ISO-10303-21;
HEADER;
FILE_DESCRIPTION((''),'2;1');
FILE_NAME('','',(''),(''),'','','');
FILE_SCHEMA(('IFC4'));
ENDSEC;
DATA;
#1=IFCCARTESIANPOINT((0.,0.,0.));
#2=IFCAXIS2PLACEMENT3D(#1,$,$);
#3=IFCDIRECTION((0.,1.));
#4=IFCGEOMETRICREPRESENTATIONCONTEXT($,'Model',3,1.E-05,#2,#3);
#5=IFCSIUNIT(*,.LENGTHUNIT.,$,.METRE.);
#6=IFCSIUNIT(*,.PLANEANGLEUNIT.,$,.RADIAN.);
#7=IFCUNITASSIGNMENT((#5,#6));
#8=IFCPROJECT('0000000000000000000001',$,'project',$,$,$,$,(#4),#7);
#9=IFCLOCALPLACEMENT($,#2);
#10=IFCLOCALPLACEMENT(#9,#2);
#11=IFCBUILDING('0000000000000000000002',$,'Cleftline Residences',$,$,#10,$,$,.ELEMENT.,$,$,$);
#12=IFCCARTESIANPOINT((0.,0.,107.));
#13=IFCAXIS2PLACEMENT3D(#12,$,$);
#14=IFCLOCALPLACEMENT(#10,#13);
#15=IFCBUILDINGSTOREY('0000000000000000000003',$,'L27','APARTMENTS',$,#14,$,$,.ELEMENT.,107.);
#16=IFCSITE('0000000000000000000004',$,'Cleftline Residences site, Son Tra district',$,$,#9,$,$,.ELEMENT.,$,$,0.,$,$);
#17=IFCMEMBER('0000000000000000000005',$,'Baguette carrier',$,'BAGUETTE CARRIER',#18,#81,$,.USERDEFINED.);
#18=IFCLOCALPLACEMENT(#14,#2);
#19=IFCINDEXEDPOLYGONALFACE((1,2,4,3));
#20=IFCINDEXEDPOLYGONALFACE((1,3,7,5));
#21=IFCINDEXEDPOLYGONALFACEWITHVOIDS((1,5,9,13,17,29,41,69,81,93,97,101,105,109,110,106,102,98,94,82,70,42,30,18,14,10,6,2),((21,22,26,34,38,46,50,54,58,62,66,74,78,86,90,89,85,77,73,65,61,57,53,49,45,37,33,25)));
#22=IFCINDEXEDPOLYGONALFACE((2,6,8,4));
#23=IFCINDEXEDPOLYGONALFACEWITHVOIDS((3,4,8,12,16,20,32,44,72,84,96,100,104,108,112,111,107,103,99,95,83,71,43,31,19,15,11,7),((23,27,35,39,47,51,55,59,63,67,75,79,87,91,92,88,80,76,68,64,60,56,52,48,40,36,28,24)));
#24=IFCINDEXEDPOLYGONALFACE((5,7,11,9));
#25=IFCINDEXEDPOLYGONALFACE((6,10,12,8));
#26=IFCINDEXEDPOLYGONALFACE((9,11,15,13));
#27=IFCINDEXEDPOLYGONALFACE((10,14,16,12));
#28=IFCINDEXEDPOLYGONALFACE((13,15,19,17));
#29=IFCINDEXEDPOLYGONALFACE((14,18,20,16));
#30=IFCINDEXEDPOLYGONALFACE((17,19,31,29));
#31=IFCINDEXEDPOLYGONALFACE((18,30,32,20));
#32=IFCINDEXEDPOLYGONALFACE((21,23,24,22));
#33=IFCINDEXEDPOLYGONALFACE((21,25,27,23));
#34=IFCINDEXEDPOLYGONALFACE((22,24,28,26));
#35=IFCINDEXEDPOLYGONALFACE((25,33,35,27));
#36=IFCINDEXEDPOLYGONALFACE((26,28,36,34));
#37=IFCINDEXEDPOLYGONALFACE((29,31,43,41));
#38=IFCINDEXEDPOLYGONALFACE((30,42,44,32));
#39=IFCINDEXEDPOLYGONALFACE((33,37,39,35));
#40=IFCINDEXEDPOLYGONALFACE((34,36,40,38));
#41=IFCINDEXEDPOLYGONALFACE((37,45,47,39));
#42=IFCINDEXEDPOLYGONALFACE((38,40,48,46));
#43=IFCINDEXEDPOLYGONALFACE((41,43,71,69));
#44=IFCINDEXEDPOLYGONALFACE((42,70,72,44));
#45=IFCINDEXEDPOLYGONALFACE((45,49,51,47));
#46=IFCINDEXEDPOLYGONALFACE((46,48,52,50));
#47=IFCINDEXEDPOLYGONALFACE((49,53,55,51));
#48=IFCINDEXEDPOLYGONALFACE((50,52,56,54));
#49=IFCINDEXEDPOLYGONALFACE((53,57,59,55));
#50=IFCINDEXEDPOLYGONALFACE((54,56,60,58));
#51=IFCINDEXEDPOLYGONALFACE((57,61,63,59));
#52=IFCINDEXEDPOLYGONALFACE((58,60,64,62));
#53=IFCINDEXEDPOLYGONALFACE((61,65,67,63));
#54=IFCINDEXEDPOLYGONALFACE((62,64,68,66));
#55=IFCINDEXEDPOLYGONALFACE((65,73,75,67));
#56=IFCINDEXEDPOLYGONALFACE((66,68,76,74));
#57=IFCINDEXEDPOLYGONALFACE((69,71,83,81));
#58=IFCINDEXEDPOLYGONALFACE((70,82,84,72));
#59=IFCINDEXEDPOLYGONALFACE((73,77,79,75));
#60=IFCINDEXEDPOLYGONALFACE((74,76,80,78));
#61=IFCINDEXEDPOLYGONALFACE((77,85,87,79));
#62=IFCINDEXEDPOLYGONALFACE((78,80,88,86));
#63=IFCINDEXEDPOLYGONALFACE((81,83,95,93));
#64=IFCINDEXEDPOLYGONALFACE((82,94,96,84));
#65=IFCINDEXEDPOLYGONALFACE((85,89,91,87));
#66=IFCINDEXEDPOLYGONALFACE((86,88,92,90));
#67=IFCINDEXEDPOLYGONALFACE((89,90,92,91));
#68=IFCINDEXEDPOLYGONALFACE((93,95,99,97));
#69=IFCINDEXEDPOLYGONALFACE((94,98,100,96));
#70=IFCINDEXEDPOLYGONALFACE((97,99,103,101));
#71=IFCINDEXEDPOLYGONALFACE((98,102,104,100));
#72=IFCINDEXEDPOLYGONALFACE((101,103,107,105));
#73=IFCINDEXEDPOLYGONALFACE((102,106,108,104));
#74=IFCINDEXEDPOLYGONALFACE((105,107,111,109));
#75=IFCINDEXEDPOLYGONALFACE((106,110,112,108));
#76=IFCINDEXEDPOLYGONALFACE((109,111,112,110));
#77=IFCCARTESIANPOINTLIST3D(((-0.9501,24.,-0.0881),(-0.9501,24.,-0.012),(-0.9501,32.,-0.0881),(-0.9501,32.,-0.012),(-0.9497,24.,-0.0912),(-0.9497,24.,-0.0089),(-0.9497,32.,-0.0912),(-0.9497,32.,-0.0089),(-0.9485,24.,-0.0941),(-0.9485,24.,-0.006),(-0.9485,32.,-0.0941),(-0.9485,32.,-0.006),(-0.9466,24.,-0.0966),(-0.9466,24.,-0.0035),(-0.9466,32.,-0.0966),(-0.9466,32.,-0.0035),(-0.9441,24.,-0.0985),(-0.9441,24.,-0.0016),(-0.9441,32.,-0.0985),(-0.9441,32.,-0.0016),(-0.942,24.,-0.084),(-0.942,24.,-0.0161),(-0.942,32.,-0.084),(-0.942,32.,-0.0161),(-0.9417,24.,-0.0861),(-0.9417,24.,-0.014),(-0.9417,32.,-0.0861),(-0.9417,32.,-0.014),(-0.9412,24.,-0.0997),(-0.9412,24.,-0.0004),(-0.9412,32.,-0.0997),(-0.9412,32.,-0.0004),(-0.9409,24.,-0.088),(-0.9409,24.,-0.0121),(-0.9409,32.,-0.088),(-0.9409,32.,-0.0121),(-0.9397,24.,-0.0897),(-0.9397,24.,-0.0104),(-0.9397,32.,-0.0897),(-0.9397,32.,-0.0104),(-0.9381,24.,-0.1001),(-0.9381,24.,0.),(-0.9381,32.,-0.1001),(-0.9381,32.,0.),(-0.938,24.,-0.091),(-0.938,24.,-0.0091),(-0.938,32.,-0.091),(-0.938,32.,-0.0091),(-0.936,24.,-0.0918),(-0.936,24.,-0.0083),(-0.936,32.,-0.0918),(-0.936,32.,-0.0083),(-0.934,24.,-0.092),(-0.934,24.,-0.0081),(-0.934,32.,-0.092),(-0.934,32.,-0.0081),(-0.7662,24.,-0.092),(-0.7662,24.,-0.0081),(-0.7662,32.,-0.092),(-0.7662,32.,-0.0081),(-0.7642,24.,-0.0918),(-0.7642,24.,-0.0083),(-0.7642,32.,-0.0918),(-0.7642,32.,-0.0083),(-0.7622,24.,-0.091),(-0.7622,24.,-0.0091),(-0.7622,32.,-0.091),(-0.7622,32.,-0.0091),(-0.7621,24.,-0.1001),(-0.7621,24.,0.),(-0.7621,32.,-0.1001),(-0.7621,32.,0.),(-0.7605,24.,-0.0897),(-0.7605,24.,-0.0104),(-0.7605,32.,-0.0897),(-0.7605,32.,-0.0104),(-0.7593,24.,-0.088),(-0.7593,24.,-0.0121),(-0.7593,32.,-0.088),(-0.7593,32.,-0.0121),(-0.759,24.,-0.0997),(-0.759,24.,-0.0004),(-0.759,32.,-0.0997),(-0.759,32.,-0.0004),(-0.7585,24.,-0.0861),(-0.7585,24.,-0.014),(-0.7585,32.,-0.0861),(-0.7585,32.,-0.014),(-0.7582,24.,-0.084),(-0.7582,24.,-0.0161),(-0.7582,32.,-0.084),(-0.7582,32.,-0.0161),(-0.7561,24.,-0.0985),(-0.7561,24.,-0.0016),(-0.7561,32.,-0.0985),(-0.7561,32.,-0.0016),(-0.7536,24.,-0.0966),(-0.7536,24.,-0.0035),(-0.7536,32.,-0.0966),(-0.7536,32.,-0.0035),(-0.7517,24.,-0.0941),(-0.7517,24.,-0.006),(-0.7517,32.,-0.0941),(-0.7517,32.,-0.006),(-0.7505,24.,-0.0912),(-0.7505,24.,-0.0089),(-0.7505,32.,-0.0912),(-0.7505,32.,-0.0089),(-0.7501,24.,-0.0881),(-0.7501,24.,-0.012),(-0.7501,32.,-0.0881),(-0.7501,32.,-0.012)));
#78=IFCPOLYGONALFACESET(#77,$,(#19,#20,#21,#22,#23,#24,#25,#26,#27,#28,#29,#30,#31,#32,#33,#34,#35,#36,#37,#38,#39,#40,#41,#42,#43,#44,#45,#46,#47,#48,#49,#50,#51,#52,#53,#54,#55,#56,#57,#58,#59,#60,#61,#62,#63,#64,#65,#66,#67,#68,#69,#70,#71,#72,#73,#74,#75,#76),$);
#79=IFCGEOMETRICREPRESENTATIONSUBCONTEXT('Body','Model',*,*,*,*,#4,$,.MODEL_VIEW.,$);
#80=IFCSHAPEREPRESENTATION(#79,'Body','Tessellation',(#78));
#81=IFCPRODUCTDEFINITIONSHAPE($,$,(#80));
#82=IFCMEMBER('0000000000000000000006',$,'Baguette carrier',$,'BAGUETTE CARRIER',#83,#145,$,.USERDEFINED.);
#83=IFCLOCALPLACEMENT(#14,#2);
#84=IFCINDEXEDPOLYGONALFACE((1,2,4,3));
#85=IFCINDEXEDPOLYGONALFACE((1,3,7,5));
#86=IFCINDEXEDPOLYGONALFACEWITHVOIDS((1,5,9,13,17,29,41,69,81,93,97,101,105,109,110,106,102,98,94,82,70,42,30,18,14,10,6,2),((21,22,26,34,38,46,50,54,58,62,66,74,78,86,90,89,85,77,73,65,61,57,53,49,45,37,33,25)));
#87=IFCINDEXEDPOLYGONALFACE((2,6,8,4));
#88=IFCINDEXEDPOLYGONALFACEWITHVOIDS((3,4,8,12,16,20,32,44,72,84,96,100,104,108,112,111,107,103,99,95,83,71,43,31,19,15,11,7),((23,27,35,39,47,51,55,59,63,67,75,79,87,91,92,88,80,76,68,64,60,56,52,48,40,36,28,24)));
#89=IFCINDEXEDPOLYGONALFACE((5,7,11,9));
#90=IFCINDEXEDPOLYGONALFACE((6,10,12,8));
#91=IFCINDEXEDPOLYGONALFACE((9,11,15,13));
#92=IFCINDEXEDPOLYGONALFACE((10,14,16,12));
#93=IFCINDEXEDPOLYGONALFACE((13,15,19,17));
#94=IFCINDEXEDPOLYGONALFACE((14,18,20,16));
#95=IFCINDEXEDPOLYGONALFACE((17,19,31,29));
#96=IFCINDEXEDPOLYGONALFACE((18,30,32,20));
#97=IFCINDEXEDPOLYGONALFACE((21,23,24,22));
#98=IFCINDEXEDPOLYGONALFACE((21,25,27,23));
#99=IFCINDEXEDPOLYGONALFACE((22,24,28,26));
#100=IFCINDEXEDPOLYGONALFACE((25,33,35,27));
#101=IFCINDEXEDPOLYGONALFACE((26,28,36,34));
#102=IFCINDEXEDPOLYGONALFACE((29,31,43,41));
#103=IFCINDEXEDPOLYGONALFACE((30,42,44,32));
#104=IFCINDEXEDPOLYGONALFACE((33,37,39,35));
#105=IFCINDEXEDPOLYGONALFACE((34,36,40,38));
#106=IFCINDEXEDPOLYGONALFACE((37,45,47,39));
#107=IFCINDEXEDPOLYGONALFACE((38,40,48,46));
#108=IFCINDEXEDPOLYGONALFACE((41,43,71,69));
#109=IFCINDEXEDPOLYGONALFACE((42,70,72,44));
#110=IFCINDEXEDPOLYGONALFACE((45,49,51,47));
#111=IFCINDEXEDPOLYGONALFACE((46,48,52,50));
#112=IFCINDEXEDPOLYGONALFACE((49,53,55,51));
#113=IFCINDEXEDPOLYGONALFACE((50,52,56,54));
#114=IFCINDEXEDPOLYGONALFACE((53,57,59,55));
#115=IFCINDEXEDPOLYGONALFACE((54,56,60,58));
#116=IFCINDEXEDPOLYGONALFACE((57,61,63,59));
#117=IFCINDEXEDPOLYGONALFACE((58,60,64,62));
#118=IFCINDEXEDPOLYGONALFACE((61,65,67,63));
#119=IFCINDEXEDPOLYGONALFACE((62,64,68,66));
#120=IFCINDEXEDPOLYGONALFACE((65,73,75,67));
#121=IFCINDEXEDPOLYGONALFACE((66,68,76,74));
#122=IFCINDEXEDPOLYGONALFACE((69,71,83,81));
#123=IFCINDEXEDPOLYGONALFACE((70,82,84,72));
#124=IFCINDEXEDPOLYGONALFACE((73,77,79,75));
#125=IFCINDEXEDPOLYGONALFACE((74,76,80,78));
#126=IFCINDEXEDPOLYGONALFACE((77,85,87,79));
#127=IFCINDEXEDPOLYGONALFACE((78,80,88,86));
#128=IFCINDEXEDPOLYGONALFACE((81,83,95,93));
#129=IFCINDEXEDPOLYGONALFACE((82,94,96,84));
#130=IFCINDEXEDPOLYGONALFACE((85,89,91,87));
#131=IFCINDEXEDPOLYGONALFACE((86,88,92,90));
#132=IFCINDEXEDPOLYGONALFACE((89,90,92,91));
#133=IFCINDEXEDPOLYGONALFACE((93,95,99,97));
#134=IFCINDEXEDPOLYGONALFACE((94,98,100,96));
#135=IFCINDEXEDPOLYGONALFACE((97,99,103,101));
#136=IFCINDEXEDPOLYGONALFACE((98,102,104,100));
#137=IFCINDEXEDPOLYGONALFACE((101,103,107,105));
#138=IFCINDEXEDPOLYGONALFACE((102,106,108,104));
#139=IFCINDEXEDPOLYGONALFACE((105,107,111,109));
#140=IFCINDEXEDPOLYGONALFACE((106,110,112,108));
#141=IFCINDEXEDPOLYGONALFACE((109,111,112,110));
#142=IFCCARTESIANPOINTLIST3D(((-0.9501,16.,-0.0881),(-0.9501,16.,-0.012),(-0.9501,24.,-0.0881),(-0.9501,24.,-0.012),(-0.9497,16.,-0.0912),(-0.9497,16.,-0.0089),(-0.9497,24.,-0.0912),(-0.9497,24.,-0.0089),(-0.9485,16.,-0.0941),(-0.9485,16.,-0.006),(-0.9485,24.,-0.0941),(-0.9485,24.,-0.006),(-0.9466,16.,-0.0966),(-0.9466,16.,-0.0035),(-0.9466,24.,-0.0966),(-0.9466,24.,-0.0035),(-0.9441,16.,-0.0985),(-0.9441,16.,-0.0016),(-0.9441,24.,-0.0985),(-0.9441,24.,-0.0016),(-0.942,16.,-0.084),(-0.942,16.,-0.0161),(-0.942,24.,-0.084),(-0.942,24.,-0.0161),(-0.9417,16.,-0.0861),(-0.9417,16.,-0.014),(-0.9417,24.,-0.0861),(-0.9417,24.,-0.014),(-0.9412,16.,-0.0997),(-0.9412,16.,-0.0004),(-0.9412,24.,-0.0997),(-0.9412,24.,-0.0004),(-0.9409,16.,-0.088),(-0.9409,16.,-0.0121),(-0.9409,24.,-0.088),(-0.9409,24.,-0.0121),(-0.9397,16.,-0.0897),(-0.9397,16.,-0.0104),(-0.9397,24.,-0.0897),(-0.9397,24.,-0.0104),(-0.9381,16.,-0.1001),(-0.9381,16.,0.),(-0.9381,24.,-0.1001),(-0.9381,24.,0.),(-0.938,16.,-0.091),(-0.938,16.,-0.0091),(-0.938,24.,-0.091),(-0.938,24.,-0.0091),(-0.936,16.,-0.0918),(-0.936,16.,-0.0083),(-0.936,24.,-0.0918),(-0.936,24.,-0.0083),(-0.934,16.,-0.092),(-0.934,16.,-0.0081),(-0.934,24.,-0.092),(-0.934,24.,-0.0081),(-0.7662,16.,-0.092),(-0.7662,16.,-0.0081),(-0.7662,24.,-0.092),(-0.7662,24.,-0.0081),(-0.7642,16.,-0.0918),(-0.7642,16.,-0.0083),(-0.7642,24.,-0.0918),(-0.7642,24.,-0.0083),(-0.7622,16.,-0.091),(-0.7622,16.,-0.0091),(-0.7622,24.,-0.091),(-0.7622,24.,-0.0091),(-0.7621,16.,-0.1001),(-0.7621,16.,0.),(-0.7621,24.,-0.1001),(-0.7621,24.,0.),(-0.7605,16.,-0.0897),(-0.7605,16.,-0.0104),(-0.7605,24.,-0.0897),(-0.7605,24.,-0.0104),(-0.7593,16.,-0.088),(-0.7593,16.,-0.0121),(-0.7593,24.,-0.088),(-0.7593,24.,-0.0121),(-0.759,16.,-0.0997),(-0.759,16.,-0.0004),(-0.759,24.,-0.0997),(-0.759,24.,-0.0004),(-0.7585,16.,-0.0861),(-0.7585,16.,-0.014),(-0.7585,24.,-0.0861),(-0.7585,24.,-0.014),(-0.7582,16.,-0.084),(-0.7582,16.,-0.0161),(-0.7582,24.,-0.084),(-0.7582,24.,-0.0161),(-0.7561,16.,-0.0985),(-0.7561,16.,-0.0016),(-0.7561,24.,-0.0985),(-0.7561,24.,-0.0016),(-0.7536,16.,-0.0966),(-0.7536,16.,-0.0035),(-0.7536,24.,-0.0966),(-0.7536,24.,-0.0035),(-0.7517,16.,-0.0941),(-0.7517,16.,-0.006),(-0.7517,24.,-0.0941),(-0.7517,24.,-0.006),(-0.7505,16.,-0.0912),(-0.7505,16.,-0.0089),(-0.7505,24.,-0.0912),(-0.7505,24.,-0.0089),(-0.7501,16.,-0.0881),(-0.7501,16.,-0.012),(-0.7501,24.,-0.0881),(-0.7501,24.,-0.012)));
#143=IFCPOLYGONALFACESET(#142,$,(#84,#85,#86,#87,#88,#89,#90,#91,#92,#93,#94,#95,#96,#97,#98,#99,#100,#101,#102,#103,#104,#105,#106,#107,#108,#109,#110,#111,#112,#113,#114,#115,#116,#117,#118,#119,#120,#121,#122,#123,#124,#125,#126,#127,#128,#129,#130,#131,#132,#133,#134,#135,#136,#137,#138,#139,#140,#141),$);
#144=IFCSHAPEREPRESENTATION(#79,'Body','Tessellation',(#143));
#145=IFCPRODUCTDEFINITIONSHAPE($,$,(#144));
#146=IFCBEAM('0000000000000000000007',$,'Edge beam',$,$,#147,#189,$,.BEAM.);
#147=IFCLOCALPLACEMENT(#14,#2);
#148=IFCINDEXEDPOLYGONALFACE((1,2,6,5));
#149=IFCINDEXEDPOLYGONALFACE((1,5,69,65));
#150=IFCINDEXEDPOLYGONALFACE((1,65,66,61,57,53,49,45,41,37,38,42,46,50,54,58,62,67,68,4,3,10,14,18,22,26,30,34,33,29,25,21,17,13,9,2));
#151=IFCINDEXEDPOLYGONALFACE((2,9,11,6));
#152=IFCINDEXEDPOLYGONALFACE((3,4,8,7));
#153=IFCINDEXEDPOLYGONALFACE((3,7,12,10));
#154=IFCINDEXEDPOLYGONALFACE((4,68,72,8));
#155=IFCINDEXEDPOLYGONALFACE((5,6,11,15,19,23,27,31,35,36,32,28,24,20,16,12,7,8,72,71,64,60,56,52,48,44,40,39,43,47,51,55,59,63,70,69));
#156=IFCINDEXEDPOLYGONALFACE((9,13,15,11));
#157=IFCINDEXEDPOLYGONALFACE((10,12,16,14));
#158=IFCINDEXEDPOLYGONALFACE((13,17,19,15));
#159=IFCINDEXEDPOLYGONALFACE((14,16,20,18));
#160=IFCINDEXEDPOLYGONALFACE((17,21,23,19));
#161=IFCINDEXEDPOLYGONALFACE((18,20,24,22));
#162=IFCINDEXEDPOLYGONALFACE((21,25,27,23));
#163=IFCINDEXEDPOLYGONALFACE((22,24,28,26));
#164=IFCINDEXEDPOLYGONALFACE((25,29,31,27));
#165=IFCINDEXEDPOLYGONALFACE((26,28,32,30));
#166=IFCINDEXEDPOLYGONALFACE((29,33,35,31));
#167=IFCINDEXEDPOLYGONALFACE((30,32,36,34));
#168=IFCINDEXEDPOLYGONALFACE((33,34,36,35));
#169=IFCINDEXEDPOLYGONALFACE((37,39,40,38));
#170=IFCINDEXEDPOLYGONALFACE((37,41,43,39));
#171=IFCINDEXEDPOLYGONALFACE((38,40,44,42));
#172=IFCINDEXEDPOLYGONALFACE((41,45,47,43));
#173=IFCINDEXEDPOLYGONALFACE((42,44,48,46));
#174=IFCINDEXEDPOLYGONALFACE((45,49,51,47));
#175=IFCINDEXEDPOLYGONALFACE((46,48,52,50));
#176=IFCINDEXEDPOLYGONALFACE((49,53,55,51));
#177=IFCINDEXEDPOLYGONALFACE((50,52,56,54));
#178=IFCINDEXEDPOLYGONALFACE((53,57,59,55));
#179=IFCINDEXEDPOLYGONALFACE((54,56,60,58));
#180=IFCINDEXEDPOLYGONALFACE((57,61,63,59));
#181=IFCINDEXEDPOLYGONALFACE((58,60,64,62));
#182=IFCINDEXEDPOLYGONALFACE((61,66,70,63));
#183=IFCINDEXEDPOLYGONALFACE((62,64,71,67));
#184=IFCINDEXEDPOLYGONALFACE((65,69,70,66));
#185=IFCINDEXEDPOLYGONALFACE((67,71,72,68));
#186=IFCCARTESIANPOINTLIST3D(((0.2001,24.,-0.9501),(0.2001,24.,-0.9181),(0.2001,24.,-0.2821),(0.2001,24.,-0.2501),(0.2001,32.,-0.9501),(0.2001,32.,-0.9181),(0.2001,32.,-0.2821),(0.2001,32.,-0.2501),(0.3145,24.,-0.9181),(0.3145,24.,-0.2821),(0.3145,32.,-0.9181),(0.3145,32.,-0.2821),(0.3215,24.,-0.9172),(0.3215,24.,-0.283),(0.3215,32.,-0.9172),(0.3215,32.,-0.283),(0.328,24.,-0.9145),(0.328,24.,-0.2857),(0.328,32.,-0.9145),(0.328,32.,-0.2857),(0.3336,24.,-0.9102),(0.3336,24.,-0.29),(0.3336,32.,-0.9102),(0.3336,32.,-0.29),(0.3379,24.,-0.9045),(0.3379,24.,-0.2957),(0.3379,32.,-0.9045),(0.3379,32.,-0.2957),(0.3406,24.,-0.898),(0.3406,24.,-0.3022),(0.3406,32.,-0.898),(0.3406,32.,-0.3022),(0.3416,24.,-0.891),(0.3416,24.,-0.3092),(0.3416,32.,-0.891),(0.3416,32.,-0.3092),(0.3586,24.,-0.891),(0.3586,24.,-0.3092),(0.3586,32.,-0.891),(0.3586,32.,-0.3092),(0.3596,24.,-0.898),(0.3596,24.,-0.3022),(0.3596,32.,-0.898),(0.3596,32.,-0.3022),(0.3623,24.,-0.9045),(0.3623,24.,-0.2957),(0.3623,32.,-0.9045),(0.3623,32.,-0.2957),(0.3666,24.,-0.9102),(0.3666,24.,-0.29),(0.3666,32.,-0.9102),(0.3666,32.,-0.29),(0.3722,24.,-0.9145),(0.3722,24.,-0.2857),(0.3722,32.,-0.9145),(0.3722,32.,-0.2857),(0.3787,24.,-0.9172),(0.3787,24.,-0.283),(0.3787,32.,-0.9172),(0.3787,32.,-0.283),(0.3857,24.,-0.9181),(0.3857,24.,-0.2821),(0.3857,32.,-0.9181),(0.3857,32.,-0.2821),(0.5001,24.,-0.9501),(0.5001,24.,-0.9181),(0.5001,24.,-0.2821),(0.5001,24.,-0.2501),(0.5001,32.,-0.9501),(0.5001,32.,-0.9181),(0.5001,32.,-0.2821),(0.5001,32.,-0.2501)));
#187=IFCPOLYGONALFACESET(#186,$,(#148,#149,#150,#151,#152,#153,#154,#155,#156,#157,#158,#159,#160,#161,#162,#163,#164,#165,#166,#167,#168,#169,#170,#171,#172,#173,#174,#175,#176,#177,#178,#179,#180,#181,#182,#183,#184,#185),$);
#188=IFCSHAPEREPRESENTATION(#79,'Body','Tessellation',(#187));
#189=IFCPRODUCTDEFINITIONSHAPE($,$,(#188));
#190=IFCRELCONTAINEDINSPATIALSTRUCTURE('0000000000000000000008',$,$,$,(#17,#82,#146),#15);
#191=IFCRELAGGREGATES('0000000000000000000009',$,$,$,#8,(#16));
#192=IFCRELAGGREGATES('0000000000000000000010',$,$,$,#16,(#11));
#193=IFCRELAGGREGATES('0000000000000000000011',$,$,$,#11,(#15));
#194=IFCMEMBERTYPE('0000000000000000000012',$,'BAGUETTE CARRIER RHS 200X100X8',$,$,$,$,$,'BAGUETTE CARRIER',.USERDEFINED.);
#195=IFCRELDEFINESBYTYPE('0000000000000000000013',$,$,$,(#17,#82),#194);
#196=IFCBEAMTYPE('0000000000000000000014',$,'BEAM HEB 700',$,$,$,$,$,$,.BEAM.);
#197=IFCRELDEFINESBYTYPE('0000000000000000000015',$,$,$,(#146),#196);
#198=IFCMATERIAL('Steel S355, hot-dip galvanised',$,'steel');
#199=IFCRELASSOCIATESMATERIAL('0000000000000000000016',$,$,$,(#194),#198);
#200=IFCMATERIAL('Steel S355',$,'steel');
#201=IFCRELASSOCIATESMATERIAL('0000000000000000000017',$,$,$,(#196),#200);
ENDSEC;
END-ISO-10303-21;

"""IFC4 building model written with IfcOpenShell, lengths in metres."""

from ifc_helpers import new_model, si_unit, direction, frame, origin, origin_2d, place, context, subcontext, project, spatial, hollow_rectangle, i_section, extrude, material, material_profile, profile_set, type_object, element, save


model = new_model("IFC4")

# Units and contexts
model_context = context("Model", 3, precision=1e-05, world=origin(), true_north=direction((0.0, 1.0)))
body_context = subcontext(model_context, "Body", "Model", "MODEL_VIEW")
ifc_project = project(units=[si_unit("LENGTHUNIT", "METRE"), si_unit("PLANEANGLEUNIT", "RADIAN")], contexts=[model_context])

# Site, building, storey
site_placement = place(None, origin())
site = spatial("IfcSite", under=ifc_project, at=site_placement, Name="Cleftline Residences site, Son Tra district", CompositionType="ELEMENT", RefElevation=0.0)
building_placement = place(site_placement, origin())
building = spatial("IfcBuilding", under=site, at=building_placement, Name="Cleftline Residences", CompositionType="ELEMENT")
storey_placement = place(building_placement, frame((0.0, 0.0, 107.0)))
storey = spatial("IfcBuildingStorey", under=building, at=storey_placement, Name="L27", Description="APARTMENTS", CompositionType="ELEMENT", Elevation=107.0)

# Members
ifc_material_1 = material(Name="Steel S355, hot-dip galvanised", Category="steel")
ifc_material_profile_1 = material_profile(ifc_material_1, hollow_rectangle(XDim=0.1001, YDim=0.2, WallThickness=0.0081, InnerFilletRadius=0.0081, OuterFilletRadius=0.012, at=origin_2d()))
ifc_profile_set_1 = profile_set([ifc_material_profile_1], Name="Steel S355, hot-dip galvanised")
member_type_1 = type_object("IfcMemberType", Name="BAGUETTE CARRIER RHS 200X100X8", ElementType="BAGUETTE CARRIER", PredefinedType="USERDEFINED", material=ifc_profile_set_1)
for number, where, z_axis, x_axis, name in (
    (1, (-0.8501, 32.0, -0.05), (0.0, -1.0, 0.0), (0.0, 0.0, 1.0), "Baguette carrier"),
    (2, (-0.8501, 24.0, -0.05), (0.0, -1.0, 0.0), (0.0, 0.0, 1.0), "Baguette carrier"),
):
    element("IfcMember", number, at=place(storey_placement, frame(where, z_axis=z_axis, x_axis=x_axis)), inside=storey, type_object=member_type_1, Name=name, ObjectType="BAGUETTE CARRIER", PredefinedType="USERDEFINED", context=body_context, shape_type="SweptSolid", body=[
        extrude(hollow_rectangle(XDim=0.1001, YDim=0.2, WallThickness=0.0081, InnerFilletRadius=0.0081, OuterFilletRadius=0.012, at=origin_2d()), origin(), (0.0, 0.0, 1.0), 8.0),
    ])

# Beam
ifc_material_2 = material(Name="Steel S355", Category="steel")
ifc_material_profile_2 = material_profile(ifc_material_2, i_section(OverallWidth=0.3, OverallDepth=0.7, WebThickness=0.0171, FlangeThickness=0.032, FilletRadius=0.0271, at=origin_2d()))
ifc_profile_set_2 = profile_set([ifc_material_profile_2], Name="Steel S355")
beam_type_1 = type_object("IfcBeamType", Name="BEAM HEB 700", PredefinedType="BEAM", material=ifc_profile_set_2)
for number, where, z_axis, x_axis, name in (
    (3, (0.3501, 24.0, -0.6001), (0.0, 1.0, 0.0), (-1.0, 0.0, 0.0), "Edge beam"),
):
    element("IfcBeam", number, at=place(storey_placement, frame(where, z_axis=z_axis, x_axis=x_axis)), inside=storey, type_object=beam_type_1, Name=name, PredefinedType="BEAM", context=body_context, shape_type="SweptSolid", body=[
        extrude(i_section(OverallWidth=0.3, OverallDepth=0.7, WebThickness=0.0171, FlangeThickness=0.032, FilletRadius=0.0271, at=origin_2d()), origin(), (0.0, 0.0, 1.0), 8.0),
    ])

save(model, "model.ifc")
